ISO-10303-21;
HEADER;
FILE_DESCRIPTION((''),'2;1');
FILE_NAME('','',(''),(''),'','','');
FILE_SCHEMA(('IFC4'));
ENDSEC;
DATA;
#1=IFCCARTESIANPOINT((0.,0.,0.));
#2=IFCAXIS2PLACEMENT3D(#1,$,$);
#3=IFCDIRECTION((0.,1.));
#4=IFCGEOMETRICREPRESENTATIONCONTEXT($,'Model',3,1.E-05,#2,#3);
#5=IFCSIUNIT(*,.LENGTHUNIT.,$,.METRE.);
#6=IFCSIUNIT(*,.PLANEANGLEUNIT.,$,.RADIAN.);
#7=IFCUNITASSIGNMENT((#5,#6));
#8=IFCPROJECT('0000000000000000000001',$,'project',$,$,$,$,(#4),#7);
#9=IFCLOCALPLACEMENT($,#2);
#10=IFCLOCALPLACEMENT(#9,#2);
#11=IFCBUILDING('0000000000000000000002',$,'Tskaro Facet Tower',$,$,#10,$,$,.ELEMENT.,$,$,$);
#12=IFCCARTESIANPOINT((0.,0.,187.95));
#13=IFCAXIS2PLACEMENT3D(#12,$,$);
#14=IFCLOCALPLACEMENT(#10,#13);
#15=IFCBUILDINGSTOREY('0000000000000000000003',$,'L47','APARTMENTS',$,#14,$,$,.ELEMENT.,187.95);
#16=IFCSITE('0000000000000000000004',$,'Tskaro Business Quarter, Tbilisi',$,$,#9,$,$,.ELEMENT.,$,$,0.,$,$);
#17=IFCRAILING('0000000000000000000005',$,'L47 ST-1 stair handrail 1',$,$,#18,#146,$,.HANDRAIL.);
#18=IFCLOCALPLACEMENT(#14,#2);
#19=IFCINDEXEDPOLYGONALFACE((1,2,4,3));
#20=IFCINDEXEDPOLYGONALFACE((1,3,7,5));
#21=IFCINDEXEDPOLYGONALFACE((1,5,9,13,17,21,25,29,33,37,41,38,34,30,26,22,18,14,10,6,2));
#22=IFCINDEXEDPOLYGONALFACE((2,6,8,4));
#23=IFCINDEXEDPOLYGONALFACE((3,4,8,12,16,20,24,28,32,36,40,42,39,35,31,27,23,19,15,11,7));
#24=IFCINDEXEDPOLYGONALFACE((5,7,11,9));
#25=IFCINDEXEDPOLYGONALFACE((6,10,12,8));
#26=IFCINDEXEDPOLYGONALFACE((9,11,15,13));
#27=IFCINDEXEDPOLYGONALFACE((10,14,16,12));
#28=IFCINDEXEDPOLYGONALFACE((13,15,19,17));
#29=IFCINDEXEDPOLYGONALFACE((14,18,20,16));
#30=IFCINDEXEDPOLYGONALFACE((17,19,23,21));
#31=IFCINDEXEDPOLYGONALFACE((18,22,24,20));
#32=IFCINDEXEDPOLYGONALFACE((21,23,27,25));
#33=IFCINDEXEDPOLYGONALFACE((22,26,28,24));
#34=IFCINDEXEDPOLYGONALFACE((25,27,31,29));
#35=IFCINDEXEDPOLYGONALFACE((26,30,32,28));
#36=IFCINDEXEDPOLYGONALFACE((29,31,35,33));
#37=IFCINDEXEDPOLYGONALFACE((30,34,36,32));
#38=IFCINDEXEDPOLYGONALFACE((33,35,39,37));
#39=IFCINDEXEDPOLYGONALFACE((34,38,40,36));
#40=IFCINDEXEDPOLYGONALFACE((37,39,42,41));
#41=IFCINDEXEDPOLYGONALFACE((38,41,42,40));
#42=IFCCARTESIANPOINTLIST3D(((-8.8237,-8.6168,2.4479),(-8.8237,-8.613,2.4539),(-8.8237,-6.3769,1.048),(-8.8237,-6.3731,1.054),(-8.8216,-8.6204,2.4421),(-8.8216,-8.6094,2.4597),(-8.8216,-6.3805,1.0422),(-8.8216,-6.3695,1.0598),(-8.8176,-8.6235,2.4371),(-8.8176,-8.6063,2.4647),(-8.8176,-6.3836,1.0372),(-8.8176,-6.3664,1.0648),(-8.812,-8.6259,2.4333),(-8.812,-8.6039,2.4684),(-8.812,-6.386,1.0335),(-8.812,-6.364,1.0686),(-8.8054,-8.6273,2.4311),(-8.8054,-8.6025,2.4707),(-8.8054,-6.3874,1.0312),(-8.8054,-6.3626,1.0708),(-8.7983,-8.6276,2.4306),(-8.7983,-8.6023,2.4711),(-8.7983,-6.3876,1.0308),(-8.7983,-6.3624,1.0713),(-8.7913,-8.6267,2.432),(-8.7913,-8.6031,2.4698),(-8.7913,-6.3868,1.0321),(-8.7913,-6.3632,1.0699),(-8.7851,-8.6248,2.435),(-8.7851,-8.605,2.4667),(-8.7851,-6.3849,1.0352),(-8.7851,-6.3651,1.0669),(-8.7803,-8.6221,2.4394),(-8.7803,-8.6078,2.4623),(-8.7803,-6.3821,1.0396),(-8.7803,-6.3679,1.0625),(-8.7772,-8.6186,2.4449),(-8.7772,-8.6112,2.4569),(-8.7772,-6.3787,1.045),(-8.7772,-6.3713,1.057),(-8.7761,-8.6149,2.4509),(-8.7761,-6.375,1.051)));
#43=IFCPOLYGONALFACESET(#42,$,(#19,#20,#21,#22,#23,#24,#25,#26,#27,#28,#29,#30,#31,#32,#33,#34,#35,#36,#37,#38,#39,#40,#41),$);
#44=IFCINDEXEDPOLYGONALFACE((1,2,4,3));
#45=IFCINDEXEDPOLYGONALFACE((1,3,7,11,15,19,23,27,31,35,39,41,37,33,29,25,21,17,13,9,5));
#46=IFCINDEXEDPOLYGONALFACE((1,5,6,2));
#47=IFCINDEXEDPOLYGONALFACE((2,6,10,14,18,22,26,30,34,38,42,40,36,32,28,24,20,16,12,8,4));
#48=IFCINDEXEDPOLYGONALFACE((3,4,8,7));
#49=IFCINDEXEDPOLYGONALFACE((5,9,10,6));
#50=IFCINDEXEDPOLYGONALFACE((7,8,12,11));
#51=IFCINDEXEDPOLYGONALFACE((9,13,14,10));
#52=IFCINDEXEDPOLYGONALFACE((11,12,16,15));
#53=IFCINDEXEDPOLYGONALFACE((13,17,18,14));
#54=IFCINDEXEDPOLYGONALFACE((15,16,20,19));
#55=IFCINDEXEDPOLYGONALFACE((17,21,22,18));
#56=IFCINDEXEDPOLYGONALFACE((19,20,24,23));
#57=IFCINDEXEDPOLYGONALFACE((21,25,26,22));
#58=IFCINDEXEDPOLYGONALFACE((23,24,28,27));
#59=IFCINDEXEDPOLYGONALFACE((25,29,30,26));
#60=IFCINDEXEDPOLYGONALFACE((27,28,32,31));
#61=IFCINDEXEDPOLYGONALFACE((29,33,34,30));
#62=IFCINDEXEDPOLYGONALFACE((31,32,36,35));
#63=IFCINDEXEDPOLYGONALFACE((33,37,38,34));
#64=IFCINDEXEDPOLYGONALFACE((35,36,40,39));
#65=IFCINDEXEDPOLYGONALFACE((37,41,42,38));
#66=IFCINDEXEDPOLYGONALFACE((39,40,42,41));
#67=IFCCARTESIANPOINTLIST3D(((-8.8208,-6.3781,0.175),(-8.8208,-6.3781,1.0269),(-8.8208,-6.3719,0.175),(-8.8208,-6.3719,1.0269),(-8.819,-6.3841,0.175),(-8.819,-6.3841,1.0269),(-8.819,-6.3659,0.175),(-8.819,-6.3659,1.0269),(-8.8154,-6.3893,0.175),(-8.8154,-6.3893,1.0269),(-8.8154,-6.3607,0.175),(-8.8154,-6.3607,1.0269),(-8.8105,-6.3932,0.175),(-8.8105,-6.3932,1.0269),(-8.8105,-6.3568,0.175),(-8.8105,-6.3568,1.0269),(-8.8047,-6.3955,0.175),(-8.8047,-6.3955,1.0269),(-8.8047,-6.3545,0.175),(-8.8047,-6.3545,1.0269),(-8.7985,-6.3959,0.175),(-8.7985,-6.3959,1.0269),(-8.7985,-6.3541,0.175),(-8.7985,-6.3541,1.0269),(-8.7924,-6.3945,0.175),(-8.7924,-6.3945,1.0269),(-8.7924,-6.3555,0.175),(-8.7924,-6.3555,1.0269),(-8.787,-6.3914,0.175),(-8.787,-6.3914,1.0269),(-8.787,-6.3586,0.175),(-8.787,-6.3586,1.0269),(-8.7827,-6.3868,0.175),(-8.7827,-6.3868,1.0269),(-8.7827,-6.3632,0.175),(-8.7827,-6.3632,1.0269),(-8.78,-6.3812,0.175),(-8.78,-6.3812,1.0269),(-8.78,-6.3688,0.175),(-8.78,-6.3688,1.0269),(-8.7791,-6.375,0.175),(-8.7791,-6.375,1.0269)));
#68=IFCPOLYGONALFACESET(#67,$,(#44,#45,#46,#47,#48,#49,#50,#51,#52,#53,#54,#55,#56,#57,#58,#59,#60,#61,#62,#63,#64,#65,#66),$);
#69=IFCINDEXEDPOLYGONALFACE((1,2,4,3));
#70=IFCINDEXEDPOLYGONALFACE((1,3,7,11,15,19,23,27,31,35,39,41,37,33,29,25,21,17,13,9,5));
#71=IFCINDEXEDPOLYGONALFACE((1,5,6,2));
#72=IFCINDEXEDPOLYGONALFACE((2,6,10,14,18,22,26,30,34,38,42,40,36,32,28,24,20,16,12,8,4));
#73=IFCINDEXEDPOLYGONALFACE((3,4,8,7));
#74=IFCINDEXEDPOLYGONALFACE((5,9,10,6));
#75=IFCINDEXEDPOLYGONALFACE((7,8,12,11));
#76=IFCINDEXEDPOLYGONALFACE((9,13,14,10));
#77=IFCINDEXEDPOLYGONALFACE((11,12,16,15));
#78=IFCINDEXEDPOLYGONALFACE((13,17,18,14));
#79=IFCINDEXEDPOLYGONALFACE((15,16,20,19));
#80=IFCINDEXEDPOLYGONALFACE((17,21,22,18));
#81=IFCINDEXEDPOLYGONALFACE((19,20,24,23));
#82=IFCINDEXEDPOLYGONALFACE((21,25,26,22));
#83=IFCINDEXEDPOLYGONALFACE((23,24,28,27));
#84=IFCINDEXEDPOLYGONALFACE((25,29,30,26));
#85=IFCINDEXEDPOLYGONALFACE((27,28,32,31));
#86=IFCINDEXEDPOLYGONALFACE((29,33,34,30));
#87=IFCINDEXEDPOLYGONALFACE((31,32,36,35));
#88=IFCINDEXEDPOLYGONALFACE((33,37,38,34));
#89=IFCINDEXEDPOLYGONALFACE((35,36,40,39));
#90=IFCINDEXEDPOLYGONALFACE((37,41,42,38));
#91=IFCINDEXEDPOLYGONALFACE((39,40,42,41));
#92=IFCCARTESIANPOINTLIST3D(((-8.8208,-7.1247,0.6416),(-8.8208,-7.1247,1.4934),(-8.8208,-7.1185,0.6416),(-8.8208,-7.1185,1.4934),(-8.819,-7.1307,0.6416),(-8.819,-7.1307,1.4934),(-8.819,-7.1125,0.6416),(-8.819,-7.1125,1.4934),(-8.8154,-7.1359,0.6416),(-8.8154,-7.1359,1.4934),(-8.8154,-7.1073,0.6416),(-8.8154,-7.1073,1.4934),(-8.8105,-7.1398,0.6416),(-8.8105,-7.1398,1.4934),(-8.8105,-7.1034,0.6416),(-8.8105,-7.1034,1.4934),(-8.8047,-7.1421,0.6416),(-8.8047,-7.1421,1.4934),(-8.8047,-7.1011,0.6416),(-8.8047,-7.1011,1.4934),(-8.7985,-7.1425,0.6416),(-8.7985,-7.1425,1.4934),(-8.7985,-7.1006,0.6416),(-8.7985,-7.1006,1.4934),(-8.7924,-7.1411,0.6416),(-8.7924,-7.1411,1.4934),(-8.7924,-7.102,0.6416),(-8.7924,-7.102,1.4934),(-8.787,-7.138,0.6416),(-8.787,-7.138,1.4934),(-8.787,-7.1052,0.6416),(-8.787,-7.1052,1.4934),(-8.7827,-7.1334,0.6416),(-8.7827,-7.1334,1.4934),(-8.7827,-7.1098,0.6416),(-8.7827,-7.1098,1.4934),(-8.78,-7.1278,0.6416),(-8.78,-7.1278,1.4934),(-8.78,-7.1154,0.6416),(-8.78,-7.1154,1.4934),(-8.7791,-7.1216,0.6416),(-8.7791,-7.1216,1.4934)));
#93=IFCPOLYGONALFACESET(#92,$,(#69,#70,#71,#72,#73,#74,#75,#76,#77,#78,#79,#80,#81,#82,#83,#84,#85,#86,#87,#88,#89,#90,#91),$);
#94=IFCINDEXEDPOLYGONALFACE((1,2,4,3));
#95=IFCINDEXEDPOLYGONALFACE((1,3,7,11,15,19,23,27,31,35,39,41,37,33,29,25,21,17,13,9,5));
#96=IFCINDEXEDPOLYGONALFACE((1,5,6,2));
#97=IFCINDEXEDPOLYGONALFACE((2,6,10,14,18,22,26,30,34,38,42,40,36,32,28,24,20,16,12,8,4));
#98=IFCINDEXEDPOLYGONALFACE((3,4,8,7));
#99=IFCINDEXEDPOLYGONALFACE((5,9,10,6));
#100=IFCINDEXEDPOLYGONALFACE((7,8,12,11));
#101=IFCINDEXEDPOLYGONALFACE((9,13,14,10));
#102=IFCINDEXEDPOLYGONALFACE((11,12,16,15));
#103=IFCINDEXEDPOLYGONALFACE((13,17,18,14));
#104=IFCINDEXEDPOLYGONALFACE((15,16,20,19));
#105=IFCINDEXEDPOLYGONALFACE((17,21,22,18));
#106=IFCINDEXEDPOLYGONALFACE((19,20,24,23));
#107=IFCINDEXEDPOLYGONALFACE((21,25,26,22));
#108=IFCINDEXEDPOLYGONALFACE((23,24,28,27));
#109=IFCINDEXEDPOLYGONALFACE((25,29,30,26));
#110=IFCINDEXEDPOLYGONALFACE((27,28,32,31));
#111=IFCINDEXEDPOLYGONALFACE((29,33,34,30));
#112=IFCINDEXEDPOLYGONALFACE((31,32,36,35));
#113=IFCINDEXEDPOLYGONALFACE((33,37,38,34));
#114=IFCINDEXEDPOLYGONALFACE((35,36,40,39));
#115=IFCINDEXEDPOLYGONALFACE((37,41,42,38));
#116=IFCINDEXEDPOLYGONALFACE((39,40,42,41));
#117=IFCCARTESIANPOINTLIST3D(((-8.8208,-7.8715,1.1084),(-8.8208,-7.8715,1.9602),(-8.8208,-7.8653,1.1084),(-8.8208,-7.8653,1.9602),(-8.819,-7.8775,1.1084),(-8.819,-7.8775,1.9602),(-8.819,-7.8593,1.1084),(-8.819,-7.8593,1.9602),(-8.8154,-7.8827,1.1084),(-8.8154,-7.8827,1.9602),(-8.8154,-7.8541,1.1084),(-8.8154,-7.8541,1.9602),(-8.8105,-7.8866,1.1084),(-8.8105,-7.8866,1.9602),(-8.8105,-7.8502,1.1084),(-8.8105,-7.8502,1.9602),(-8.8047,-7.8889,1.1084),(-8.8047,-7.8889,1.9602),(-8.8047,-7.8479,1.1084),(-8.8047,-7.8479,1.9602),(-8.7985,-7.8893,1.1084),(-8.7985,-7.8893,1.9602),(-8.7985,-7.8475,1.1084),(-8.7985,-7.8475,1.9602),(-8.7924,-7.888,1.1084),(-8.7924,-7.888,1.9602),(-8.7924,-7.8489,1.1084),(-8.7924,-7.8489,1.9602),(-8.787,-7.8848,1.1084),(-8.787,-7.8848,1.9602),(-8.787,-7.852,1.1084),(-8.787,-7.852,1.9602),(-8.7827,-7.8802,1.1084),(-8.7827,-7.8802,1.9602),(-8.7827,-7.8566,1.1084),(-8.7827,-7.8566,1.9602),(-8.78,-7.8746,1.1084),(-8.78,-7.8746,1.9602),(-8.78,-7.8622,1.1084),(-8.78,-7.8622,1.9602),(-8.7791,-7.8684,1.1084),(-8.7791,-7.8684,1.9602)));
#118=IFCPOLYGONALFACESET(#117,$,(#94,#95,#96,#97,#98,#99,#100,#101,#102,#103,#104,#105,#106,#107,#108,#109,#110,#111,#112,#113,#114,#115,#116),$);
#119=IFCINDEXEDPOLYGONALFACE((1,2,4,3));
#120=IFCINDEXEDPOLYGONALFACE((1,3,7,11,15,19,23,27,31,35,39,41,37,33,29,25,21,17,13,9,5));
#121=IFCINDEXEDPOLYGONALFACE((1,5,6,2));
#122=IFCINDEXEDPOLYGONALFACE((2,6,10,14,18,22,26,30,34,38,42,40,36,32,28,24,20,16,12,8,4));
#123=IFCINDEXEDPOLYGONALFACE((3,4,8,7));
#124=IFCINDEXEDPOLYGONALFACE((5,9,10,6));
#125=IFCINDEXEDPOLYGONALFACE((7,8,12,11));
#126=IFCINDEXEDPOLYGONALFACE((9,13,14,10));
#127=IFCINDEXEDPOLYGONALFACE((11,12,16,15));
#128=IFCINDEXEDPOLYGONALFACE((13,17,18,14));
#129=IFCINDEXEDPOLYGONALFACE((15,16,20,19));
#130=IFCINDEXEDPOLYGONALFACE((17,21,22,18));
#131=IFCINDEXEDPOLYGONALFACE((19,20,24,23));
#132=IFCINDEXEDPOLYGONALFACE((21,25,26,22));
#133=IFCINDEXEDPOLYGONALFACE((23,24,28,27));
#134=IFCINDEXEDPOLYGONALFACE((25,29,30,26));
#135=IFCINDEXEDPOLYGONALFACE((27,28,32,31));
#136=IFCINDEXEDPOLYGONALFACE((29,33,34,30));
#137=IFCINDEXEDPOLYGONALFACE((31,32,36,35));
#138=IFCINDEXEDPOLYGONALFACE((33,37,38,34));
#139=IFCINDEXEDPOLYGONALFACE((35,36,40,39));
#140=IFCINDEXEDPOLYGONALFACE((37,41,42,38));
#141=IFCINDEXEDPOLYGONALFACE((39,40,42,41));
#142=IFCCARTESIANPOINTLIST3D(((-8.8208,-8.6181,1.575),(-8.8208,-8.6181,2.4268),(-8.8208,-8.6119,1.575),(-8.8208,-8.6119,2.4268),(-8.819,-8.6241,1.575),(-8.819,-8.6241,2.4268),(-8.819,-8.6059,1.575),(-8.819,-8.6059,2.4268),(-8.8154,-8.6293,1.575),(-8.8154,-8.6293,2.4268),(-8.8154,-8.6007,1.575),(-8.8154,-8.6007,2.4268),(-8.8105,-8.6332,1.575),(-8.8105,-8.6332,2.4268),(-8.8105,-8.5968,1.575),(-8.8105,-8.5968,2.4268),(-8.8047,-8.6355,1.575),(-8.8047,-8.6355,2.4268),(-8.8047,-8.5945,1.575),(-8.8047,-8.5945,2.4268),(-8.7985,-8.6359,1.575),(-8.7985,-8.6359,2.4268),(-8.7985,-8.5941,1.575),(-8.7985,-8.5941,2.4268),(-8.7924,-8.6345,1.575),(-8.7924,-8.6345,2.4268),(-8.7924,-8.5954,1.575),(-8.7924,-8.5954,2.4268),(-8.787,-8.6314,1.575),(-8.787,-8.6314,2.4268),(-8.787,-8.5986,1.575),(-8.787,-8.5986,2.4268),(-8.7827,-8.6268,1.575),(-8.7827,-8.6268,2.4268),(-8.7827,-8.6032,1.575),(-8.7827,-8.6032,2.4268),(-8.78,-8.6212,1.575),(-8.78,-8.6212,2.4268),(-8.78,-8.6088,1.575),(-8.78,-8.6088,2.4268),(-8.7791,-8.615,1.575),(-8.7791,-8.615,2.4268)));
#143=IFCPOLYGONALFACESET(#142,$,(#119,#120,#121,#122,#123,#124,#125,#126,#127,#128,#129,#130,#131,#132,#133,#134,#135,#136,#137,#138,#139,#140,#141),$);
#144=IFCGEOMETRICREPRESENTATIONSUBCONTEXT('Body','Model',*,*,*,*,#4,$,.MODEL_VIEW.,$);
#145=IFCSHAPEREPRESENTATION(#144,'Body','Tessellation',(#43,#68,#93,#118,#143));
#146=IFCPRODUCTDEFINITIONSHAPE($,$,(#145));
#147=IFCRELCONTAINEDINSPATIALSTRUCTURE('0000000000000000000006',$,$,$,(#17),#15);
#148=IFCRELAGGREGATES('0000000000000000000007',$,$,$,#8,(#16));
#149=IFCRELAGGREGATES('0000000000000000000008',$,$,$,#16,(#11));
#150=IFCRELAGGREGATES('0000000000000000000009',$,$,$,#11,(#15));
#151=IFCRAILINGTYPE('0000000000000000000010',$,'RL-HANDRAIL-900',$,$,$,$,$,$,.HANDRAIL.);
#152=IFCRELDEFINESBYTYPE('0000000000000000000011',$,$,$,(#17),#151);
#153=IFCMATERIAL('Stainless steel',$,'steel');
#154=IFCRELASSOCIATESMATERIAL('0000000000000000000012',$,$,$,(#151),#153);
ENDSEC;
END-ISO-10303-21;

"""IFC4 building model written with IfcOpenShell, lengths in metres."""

from ifc_helpers import new_model, si_unit, direction, frame, origin, origin_2d, place, context, subcontext, project, spatial, circle, extrude, material, type_object, element, save


model = new_model("IFC4")

# Units and contexts
model_context = context("Model", 3, precision=1e-05, world=origin(), true_north=direction((0.0, 1.0)))
body_context = subcontext(model_context, "Body", "Model", "MODEL_VIEW")
ifc_project = project(units=[si_unit("LENGTHUNIT", "METRE"), si_unit("PLANEANGLEUNIT", "RADIAN")], contexts=[model_context])

# Site, building, storey
site_placement = place(None, origin())
site = spatial("IfcSite", under=ifc_project, at=site_placement, Name="Tskaro Business Quarter, Tbilisi", CompositionType="ELEMENT", RefElevation=0.0)
building_placement = place(site_placement, origin())
building = spatial("IfcBuilding", under=site, at=building_placement, Name="Tskaro Facet Tower", CompositionType="ELEMENT")
storey_placement = place(building_placement, frame((0.0, 0.0, 187.95)))
storey = spatial("IfcBuildingStorey", under=building, at=storey_placement, Name="L47", Description="APARTMENTS", CompositionType="ELEMENT", Elevation=187.95)

# Shared definitions
ifc_material_1 = material(Name="Stainless steel", Category="steel")

# Railing
railing_type_1 = type_object("IfcRailingType", Name="RL-HANDRAIL-900", PredefinedType="HANDRAIL", material=ifc_material_1)
railing_1_placement = place(storey_placement, frame((-8.8, -6.375, 0.175)))
element("IfcRailing", 1, at=railing_1_placement, inside=storey, type_object=railing_type_1, Name="L47 ST-1 stair handrail 1", PredefinedType="HANDRAIL", context=body_context, shape_type="SweptSolid", body=[
    extrude(circle(Radius=0.0239, at=origin_2d()), frame((0.0, 0.0, 0.876), z_axis=(0.0, -0.848014, 0.529974), x_axis=(1.0, 0.0, 0.0)), (0.0, 0.0, 1.0), 2.6414),
    extrude(circle(Radius=0.021, at=origin_2d()), origin(), (0.0, 0.0, 1.0), 0.8518),
    extrude(circle(Radius=0.021, at=origin_2d()), frame((0.0, -0.7466, 0.4666)), (0.0, 0.0, 1.0), 0.8518),
    extrude(circle(Radius=0.021, at=origin_2d()), frame((0.0, -1.4934, 0.9333)), (0.0, 0.0, 1.0), 0.8518),
    extrude(circle(Radius=0.021, at=origin_2d()), frame((0.0, -2.24, 1.3999)), (0.0, 0.0, 1.0), 0.8518),
])

save(model, "model.ifc")
